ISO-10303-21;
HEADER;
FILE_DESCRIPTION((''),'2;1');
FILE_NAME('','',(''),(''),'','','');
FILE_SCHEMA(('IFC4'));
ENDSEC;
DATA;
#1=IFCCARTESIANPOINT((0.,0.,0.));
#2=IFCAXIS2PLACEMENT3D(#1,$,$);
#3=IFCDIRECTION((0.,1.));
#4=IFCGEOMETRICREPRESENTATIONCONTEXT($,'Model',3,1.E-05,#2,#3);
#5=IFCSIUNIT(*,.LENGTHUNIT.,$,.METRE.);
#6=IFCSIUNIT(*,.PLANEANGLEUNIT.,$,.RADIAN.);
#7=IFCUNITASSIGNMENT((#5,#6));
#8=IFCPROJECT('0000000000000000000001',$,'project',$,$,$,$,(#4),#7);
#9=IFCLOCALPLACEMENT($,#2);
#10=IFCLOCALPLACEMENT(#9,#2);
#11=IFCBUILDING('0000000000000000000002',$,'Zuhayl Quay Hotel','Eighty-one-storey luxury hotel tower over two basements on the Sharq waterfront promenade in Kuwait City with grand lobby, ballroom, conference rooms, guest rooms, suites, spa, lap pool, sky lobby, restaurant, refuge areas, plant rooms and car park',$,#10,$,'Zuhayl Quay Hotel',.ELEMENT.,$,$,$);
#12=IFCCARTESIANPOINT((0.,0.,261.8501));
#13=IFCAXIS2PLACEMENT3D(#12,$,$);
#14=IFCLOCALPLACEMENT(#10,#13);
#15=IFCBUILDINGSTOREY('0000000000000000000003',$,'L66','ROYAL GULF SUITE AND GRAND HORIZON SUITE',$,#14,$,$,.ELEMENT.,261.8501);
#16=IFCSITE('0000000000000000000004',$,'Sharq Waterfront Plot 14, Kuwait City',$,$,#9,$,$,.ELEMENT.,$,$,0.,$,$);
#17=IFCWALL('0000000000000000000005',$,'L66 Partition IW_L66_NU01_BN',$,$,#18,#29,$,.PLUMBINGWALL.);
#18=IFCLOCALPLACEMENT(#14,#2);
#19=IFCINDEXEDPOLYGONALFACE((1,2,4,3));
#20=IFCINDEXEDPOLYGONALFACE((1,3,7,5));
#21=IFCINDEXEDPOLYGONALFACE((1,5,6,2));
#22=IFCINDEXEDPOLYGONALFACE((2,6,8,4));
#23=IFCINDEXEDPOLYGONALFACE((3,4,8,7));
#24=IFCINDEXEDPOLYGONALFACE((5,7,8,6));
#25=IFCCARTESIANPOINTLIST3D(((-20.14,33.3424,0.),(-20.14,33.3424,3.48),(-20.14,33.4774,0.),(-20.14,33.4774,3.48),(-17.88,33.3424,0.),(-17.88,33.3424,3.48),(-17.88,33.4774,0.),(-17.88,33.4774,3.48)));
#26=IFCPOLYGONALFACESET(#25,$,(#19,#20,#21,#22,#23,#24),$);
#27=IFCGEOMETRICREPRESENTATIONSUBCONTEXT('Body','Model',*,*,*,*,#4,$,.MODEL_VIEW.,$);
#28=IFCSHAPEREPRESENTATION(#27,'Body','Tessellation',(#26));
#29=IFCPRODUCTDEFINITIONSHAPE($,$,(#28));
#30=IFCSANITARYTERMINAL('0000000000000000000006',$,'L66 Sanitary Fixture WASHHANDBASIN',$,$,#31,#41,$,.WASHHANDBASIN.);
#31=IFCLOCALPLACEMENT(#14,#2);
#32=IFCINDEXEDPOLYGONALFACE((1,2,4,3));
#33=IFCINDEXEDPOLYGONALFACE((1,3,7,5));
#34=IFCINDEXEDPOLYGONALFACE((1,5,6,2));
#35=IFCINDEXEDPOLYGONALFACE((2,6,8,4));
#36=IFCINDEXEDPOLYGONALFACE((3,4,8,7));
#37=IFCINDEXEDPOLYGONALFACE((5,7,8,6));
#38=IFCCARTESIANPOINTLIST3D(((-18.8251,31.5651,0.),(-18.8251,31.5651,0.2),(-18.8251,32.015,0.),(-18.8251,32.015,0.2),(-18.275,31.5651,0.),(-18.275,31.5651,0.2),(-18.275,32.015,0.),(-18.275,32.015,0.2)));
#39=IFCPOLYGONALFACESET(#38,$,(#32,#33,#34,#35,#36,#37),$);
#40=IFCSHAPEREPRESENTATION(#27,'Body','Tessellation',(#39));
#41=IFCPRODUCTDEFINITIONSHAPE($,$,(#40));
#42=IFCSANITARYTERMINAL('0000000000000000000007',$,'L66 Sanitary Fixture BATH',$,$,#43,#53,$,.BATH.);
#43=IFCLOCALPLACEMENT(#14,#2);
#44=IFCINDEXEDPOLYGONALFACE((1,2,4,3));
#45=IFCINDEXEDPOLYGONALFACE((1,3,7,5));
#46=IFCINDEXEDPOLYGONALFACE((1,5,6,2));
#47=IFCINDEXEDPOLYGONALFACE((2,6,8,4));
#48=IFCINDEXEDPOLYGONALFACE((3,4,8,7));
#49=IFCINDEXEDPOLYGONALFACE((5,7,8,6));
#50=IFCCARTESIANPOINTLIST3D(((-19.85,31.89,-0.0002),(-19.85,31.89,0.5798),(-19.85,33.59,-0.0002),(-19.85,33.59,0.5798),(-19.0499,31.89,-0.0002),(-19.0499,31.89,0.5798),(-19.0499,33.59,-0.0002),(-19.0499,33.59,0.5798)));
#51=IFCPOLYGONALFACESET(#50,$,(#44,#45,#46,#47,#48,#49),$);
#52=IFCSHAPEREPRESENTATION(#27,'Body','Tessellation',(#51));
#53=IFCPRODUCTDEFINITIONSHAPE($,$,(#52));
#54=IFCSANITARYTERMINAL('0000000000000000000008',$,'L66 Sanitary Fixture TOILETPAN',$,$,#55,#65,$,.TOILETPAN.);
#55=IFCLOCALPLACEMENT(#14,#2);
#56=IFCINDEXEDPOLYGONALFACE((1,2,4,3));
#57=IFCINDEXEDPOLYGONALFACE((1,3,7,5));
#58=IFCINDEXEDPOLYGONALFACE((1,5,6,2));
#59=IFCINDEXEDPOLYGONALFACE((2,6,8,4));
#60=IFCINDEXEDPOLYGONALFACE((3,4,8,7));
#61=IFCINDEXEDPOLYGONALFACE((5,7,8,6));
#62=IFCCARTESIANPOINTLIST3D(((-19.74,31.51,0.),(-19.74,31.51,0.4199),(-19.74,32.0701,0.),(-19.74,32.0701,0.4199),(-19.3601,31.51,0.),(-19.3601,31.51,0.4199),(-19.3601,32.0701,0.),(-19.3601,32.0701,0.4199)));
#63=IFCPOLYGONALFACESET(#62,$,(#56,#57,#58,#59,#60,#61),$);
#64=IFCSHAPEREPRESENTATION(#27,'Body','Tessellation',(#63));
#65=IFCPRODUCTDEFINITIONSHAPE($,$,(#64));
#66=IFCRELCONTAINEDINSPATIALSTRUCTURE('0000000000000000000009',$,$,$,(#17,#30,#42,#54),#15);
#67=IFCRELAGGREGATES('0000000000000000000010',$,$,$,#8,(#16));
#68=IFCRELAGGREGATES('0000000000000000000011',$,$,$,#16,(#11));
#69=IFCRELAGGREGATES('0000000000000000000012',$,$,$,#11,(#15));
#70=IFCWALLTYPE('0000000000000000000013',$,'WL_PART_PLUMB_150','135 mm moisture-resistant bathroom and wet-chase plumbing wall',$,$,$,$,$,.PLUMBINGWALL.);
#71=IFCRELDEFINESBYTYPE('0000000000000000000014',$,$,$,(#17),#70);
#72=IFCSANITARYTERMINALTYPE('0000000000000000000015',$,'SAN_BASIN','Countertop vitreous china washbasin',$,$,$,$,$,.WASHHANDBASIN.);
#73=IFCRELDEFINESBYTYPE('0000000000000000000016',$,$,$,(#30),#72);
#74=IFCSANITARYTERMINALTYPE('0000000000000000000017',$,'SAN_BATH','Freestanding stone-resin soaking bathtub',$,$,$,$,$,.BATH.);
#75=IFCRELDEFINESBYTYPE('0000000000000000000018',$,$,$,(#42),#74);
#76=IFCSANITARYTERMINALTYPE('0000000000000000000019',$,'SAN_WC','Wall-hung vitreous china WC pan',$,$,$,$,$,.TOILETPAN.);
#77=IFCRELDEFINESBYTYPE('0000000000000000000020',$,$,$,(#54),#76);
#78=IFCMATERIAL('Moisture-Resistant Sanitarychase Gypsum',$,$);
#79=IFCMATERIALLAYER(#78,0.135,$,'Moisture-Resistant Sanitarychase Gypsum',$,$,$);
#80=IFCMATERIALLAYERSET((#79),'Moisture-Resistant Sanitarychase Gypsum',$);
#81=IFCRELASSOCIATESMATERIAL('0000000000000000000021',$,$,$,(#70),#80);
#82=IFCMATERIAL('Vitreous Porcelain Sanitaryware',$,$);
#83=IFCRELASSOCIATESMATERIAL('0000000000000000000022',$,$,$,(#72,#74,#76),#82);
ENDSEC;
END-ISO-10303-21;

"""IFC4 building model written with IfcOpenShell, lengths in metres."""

from ifc_helpers import new_model, si_unit, direction, frame, frame_2d, origin, origin_2d, place, context, subcontext, project, spatial, rectangle, extrude, material, layer, layer_set, type_object, element, save


model = new_model("IFC4")

# Units and contexts
model_context = context("Model", 3, precision=1e-05, world=origin(), true_north=direction((0.0, 1.0)))
body_context = subcontext(model_context, "Body", "Model", "MODEL_VIEW")
ifc_project = project(units=[si_unit("LENGTHUNIT", "METRE"), si_unit("PLANEANGLEUNIT", "RADIAN")], contexts=[model_context])

# Site, building, storey
site_placement = place(None, origin())
site = spatial("IfcSite", under=ifc_project, at=site_placement, Name="Sharq Waterfront Plot 14, Kuwait City", CompositionType="ELEMENT", RefElevation=0.0)
building_placement = place(site_placement, origin())
building = spatial("IfcBuilding", under=site, at=building_placement, Name="Zuhayl Quay Hotel", Description="Eighty-one-storey luxury hotel tower over two basements on the Sharq waterfront promenade in Kuwait City with grand lobby, ballroom, conference rooms, guest rooms, suites, spa, lap pool, sky lobby, restaurant, refuge areas, plant rooms and car park", LongName="Zuhayl Quay Hotel", CompositionType="ELEMENT")
storey_placement = place(building_placement, frame((0.0, 0.0, 261.8501)))
storey = spatial("IfcBuildingStorey", under=building, at=storey_placement, Name="L66", Description="ROYAL GULF SUITE AND GRAND HORIZON SUITE", CompositionType="ELEMENT", Elevation=261.8501)

# Shared definitions
ifc_material_1 = material(Name="Moisture-Resistant Sanitarychase Gypsum")
ifc_layer_1 = layer(ifc_material_1, 0.135, Name="Moisture-Resistant Sanitarychase Gypsum")
ifc_layer_set_1 = layer_set([ifc_layer_1], Name="Moisture-Resistant Sanitarychase Gypsum")
wall_type_1 = type_object("IfcWallType", Name="WL_PART_PLUMB_150", Description="135 mm moisture-resistant bathroom and wet-chase plumbing wall", PredefinedType="PLUMBINGWALL", material=ifc_layer_set_1)

# Wall
wall_1_placement = place(storey_placement, frame((-20.1399, 33.4099, 0.0), z_axis=(0.0, 0.0, 1.0), x_axis=(1.0, 0.0, 0.0)))
element("IfcWall", 1, at=wall_1_placement, inside=storey, type_object=wall_type_1, Name="L66 Partition IW_L66_NU01_BN", PredefinedType="PLUMBINGWALL", context=body_context, shape_type="SweptSolid", body=[
    extrude(rectangle(XDim=2.26, YDim=0.135, at=frame_2d((1.1299, 0.0))), origin(), (0.0, 0.0, 1.0), 3.48),
])

# Sanitary terminals
ifc_material_2 = material(Name="Vitreous Porcelain Sanitaryware")
sanitary_terminal_type_1 = type_object("IfcSanitaryTerminalType", Name="SAN_BASIN", Description="Countertop vitreous china washbasin", PredefinedType="WASHHANDBASIN", material=ifc_material_2)
sanitary_terminal_1_placement = place(storey_placement, frame((-18.55, 31.79, 0.0), z_axis=(0.0, 0.0, 1.0), x_axis=(1.0, 0.0, 0.0)))
element("IfcSanitaryTerminal", 2, at=sanitary_terminal_1_placement, inside=storey, type_object=sanitary_terminal_type_1, Name="L66 Sanitary Fixture WASHHANDBASIN", PredefinedType="WASHHANDBASIN", context=body_context, shape_type="SweptSolid", body=[
    extrude(rectangle(XDim=0.55, YDim=0.45, at=origin_2d()), origin(), (0.0, 0.0, 1.0), 0.2),
])
sanitary_terminal_type_2 = type_object("IfcSanitaryTerminalType", Name="SAN_BATH", Description="Freestanding stone-resin soaking bathtub", PredefinedType="BATH", material=ifc_material_2)
sanitary_terminal_2_placement = place(storey_placement, frame((-19.45, 32.74, -0.0002), z_axis=(0.0, 0.0, 1.0), x_axis=(1.0, 0.0, 0.0)))
element("IfcSanitaryTerminal", 3, at=sanitary_terminal_2_placement, inside=storey, type_object=sanitary_terminal_type_2, Name="L66 Sanitary Fixture BATH", PredefinedType="BATH", context=body_context, shape_type="SweptSolid", body=[
    extrude(rectangle(XDim=0.8, YDim=1.7, at=origin_2d()), origin(), (0.0, 0.0, 1.0), 0.5801),
])
sanitary_terminal_type_3 = type_object("IfcSanitaryTerminalType", Name="SAN_WC", Description="Wall-hung vitreous china WC pan", PredefinedType="TOILETPAN", material=ifc_material_2)
sanitary_terminal_3_placement = place(storey_placement, frame((-19.55, 31.79, 0.0), z_axis=(0.0, 0.0, 1.0), x_axis=(1.0, 0.0, 0.0)))
element("IfcSanitaryTerminal", 4, at=sanitary_terminal_3_placement, inside=storey, type_object=sanitary_terminal_type_3, Name="L66 Sanitary Fixture TOILETPAN", PredefinedType="TOILETPAN", context=body_context, shape_type="SweptSolid", body=[
    extrude(rectangle(XDim=0.3799, YDim=0.5601, at=origin_2d()), origin(), (0.0, 0.0, 1.0), 0.4199),
])

save(model, "model.ifc")
